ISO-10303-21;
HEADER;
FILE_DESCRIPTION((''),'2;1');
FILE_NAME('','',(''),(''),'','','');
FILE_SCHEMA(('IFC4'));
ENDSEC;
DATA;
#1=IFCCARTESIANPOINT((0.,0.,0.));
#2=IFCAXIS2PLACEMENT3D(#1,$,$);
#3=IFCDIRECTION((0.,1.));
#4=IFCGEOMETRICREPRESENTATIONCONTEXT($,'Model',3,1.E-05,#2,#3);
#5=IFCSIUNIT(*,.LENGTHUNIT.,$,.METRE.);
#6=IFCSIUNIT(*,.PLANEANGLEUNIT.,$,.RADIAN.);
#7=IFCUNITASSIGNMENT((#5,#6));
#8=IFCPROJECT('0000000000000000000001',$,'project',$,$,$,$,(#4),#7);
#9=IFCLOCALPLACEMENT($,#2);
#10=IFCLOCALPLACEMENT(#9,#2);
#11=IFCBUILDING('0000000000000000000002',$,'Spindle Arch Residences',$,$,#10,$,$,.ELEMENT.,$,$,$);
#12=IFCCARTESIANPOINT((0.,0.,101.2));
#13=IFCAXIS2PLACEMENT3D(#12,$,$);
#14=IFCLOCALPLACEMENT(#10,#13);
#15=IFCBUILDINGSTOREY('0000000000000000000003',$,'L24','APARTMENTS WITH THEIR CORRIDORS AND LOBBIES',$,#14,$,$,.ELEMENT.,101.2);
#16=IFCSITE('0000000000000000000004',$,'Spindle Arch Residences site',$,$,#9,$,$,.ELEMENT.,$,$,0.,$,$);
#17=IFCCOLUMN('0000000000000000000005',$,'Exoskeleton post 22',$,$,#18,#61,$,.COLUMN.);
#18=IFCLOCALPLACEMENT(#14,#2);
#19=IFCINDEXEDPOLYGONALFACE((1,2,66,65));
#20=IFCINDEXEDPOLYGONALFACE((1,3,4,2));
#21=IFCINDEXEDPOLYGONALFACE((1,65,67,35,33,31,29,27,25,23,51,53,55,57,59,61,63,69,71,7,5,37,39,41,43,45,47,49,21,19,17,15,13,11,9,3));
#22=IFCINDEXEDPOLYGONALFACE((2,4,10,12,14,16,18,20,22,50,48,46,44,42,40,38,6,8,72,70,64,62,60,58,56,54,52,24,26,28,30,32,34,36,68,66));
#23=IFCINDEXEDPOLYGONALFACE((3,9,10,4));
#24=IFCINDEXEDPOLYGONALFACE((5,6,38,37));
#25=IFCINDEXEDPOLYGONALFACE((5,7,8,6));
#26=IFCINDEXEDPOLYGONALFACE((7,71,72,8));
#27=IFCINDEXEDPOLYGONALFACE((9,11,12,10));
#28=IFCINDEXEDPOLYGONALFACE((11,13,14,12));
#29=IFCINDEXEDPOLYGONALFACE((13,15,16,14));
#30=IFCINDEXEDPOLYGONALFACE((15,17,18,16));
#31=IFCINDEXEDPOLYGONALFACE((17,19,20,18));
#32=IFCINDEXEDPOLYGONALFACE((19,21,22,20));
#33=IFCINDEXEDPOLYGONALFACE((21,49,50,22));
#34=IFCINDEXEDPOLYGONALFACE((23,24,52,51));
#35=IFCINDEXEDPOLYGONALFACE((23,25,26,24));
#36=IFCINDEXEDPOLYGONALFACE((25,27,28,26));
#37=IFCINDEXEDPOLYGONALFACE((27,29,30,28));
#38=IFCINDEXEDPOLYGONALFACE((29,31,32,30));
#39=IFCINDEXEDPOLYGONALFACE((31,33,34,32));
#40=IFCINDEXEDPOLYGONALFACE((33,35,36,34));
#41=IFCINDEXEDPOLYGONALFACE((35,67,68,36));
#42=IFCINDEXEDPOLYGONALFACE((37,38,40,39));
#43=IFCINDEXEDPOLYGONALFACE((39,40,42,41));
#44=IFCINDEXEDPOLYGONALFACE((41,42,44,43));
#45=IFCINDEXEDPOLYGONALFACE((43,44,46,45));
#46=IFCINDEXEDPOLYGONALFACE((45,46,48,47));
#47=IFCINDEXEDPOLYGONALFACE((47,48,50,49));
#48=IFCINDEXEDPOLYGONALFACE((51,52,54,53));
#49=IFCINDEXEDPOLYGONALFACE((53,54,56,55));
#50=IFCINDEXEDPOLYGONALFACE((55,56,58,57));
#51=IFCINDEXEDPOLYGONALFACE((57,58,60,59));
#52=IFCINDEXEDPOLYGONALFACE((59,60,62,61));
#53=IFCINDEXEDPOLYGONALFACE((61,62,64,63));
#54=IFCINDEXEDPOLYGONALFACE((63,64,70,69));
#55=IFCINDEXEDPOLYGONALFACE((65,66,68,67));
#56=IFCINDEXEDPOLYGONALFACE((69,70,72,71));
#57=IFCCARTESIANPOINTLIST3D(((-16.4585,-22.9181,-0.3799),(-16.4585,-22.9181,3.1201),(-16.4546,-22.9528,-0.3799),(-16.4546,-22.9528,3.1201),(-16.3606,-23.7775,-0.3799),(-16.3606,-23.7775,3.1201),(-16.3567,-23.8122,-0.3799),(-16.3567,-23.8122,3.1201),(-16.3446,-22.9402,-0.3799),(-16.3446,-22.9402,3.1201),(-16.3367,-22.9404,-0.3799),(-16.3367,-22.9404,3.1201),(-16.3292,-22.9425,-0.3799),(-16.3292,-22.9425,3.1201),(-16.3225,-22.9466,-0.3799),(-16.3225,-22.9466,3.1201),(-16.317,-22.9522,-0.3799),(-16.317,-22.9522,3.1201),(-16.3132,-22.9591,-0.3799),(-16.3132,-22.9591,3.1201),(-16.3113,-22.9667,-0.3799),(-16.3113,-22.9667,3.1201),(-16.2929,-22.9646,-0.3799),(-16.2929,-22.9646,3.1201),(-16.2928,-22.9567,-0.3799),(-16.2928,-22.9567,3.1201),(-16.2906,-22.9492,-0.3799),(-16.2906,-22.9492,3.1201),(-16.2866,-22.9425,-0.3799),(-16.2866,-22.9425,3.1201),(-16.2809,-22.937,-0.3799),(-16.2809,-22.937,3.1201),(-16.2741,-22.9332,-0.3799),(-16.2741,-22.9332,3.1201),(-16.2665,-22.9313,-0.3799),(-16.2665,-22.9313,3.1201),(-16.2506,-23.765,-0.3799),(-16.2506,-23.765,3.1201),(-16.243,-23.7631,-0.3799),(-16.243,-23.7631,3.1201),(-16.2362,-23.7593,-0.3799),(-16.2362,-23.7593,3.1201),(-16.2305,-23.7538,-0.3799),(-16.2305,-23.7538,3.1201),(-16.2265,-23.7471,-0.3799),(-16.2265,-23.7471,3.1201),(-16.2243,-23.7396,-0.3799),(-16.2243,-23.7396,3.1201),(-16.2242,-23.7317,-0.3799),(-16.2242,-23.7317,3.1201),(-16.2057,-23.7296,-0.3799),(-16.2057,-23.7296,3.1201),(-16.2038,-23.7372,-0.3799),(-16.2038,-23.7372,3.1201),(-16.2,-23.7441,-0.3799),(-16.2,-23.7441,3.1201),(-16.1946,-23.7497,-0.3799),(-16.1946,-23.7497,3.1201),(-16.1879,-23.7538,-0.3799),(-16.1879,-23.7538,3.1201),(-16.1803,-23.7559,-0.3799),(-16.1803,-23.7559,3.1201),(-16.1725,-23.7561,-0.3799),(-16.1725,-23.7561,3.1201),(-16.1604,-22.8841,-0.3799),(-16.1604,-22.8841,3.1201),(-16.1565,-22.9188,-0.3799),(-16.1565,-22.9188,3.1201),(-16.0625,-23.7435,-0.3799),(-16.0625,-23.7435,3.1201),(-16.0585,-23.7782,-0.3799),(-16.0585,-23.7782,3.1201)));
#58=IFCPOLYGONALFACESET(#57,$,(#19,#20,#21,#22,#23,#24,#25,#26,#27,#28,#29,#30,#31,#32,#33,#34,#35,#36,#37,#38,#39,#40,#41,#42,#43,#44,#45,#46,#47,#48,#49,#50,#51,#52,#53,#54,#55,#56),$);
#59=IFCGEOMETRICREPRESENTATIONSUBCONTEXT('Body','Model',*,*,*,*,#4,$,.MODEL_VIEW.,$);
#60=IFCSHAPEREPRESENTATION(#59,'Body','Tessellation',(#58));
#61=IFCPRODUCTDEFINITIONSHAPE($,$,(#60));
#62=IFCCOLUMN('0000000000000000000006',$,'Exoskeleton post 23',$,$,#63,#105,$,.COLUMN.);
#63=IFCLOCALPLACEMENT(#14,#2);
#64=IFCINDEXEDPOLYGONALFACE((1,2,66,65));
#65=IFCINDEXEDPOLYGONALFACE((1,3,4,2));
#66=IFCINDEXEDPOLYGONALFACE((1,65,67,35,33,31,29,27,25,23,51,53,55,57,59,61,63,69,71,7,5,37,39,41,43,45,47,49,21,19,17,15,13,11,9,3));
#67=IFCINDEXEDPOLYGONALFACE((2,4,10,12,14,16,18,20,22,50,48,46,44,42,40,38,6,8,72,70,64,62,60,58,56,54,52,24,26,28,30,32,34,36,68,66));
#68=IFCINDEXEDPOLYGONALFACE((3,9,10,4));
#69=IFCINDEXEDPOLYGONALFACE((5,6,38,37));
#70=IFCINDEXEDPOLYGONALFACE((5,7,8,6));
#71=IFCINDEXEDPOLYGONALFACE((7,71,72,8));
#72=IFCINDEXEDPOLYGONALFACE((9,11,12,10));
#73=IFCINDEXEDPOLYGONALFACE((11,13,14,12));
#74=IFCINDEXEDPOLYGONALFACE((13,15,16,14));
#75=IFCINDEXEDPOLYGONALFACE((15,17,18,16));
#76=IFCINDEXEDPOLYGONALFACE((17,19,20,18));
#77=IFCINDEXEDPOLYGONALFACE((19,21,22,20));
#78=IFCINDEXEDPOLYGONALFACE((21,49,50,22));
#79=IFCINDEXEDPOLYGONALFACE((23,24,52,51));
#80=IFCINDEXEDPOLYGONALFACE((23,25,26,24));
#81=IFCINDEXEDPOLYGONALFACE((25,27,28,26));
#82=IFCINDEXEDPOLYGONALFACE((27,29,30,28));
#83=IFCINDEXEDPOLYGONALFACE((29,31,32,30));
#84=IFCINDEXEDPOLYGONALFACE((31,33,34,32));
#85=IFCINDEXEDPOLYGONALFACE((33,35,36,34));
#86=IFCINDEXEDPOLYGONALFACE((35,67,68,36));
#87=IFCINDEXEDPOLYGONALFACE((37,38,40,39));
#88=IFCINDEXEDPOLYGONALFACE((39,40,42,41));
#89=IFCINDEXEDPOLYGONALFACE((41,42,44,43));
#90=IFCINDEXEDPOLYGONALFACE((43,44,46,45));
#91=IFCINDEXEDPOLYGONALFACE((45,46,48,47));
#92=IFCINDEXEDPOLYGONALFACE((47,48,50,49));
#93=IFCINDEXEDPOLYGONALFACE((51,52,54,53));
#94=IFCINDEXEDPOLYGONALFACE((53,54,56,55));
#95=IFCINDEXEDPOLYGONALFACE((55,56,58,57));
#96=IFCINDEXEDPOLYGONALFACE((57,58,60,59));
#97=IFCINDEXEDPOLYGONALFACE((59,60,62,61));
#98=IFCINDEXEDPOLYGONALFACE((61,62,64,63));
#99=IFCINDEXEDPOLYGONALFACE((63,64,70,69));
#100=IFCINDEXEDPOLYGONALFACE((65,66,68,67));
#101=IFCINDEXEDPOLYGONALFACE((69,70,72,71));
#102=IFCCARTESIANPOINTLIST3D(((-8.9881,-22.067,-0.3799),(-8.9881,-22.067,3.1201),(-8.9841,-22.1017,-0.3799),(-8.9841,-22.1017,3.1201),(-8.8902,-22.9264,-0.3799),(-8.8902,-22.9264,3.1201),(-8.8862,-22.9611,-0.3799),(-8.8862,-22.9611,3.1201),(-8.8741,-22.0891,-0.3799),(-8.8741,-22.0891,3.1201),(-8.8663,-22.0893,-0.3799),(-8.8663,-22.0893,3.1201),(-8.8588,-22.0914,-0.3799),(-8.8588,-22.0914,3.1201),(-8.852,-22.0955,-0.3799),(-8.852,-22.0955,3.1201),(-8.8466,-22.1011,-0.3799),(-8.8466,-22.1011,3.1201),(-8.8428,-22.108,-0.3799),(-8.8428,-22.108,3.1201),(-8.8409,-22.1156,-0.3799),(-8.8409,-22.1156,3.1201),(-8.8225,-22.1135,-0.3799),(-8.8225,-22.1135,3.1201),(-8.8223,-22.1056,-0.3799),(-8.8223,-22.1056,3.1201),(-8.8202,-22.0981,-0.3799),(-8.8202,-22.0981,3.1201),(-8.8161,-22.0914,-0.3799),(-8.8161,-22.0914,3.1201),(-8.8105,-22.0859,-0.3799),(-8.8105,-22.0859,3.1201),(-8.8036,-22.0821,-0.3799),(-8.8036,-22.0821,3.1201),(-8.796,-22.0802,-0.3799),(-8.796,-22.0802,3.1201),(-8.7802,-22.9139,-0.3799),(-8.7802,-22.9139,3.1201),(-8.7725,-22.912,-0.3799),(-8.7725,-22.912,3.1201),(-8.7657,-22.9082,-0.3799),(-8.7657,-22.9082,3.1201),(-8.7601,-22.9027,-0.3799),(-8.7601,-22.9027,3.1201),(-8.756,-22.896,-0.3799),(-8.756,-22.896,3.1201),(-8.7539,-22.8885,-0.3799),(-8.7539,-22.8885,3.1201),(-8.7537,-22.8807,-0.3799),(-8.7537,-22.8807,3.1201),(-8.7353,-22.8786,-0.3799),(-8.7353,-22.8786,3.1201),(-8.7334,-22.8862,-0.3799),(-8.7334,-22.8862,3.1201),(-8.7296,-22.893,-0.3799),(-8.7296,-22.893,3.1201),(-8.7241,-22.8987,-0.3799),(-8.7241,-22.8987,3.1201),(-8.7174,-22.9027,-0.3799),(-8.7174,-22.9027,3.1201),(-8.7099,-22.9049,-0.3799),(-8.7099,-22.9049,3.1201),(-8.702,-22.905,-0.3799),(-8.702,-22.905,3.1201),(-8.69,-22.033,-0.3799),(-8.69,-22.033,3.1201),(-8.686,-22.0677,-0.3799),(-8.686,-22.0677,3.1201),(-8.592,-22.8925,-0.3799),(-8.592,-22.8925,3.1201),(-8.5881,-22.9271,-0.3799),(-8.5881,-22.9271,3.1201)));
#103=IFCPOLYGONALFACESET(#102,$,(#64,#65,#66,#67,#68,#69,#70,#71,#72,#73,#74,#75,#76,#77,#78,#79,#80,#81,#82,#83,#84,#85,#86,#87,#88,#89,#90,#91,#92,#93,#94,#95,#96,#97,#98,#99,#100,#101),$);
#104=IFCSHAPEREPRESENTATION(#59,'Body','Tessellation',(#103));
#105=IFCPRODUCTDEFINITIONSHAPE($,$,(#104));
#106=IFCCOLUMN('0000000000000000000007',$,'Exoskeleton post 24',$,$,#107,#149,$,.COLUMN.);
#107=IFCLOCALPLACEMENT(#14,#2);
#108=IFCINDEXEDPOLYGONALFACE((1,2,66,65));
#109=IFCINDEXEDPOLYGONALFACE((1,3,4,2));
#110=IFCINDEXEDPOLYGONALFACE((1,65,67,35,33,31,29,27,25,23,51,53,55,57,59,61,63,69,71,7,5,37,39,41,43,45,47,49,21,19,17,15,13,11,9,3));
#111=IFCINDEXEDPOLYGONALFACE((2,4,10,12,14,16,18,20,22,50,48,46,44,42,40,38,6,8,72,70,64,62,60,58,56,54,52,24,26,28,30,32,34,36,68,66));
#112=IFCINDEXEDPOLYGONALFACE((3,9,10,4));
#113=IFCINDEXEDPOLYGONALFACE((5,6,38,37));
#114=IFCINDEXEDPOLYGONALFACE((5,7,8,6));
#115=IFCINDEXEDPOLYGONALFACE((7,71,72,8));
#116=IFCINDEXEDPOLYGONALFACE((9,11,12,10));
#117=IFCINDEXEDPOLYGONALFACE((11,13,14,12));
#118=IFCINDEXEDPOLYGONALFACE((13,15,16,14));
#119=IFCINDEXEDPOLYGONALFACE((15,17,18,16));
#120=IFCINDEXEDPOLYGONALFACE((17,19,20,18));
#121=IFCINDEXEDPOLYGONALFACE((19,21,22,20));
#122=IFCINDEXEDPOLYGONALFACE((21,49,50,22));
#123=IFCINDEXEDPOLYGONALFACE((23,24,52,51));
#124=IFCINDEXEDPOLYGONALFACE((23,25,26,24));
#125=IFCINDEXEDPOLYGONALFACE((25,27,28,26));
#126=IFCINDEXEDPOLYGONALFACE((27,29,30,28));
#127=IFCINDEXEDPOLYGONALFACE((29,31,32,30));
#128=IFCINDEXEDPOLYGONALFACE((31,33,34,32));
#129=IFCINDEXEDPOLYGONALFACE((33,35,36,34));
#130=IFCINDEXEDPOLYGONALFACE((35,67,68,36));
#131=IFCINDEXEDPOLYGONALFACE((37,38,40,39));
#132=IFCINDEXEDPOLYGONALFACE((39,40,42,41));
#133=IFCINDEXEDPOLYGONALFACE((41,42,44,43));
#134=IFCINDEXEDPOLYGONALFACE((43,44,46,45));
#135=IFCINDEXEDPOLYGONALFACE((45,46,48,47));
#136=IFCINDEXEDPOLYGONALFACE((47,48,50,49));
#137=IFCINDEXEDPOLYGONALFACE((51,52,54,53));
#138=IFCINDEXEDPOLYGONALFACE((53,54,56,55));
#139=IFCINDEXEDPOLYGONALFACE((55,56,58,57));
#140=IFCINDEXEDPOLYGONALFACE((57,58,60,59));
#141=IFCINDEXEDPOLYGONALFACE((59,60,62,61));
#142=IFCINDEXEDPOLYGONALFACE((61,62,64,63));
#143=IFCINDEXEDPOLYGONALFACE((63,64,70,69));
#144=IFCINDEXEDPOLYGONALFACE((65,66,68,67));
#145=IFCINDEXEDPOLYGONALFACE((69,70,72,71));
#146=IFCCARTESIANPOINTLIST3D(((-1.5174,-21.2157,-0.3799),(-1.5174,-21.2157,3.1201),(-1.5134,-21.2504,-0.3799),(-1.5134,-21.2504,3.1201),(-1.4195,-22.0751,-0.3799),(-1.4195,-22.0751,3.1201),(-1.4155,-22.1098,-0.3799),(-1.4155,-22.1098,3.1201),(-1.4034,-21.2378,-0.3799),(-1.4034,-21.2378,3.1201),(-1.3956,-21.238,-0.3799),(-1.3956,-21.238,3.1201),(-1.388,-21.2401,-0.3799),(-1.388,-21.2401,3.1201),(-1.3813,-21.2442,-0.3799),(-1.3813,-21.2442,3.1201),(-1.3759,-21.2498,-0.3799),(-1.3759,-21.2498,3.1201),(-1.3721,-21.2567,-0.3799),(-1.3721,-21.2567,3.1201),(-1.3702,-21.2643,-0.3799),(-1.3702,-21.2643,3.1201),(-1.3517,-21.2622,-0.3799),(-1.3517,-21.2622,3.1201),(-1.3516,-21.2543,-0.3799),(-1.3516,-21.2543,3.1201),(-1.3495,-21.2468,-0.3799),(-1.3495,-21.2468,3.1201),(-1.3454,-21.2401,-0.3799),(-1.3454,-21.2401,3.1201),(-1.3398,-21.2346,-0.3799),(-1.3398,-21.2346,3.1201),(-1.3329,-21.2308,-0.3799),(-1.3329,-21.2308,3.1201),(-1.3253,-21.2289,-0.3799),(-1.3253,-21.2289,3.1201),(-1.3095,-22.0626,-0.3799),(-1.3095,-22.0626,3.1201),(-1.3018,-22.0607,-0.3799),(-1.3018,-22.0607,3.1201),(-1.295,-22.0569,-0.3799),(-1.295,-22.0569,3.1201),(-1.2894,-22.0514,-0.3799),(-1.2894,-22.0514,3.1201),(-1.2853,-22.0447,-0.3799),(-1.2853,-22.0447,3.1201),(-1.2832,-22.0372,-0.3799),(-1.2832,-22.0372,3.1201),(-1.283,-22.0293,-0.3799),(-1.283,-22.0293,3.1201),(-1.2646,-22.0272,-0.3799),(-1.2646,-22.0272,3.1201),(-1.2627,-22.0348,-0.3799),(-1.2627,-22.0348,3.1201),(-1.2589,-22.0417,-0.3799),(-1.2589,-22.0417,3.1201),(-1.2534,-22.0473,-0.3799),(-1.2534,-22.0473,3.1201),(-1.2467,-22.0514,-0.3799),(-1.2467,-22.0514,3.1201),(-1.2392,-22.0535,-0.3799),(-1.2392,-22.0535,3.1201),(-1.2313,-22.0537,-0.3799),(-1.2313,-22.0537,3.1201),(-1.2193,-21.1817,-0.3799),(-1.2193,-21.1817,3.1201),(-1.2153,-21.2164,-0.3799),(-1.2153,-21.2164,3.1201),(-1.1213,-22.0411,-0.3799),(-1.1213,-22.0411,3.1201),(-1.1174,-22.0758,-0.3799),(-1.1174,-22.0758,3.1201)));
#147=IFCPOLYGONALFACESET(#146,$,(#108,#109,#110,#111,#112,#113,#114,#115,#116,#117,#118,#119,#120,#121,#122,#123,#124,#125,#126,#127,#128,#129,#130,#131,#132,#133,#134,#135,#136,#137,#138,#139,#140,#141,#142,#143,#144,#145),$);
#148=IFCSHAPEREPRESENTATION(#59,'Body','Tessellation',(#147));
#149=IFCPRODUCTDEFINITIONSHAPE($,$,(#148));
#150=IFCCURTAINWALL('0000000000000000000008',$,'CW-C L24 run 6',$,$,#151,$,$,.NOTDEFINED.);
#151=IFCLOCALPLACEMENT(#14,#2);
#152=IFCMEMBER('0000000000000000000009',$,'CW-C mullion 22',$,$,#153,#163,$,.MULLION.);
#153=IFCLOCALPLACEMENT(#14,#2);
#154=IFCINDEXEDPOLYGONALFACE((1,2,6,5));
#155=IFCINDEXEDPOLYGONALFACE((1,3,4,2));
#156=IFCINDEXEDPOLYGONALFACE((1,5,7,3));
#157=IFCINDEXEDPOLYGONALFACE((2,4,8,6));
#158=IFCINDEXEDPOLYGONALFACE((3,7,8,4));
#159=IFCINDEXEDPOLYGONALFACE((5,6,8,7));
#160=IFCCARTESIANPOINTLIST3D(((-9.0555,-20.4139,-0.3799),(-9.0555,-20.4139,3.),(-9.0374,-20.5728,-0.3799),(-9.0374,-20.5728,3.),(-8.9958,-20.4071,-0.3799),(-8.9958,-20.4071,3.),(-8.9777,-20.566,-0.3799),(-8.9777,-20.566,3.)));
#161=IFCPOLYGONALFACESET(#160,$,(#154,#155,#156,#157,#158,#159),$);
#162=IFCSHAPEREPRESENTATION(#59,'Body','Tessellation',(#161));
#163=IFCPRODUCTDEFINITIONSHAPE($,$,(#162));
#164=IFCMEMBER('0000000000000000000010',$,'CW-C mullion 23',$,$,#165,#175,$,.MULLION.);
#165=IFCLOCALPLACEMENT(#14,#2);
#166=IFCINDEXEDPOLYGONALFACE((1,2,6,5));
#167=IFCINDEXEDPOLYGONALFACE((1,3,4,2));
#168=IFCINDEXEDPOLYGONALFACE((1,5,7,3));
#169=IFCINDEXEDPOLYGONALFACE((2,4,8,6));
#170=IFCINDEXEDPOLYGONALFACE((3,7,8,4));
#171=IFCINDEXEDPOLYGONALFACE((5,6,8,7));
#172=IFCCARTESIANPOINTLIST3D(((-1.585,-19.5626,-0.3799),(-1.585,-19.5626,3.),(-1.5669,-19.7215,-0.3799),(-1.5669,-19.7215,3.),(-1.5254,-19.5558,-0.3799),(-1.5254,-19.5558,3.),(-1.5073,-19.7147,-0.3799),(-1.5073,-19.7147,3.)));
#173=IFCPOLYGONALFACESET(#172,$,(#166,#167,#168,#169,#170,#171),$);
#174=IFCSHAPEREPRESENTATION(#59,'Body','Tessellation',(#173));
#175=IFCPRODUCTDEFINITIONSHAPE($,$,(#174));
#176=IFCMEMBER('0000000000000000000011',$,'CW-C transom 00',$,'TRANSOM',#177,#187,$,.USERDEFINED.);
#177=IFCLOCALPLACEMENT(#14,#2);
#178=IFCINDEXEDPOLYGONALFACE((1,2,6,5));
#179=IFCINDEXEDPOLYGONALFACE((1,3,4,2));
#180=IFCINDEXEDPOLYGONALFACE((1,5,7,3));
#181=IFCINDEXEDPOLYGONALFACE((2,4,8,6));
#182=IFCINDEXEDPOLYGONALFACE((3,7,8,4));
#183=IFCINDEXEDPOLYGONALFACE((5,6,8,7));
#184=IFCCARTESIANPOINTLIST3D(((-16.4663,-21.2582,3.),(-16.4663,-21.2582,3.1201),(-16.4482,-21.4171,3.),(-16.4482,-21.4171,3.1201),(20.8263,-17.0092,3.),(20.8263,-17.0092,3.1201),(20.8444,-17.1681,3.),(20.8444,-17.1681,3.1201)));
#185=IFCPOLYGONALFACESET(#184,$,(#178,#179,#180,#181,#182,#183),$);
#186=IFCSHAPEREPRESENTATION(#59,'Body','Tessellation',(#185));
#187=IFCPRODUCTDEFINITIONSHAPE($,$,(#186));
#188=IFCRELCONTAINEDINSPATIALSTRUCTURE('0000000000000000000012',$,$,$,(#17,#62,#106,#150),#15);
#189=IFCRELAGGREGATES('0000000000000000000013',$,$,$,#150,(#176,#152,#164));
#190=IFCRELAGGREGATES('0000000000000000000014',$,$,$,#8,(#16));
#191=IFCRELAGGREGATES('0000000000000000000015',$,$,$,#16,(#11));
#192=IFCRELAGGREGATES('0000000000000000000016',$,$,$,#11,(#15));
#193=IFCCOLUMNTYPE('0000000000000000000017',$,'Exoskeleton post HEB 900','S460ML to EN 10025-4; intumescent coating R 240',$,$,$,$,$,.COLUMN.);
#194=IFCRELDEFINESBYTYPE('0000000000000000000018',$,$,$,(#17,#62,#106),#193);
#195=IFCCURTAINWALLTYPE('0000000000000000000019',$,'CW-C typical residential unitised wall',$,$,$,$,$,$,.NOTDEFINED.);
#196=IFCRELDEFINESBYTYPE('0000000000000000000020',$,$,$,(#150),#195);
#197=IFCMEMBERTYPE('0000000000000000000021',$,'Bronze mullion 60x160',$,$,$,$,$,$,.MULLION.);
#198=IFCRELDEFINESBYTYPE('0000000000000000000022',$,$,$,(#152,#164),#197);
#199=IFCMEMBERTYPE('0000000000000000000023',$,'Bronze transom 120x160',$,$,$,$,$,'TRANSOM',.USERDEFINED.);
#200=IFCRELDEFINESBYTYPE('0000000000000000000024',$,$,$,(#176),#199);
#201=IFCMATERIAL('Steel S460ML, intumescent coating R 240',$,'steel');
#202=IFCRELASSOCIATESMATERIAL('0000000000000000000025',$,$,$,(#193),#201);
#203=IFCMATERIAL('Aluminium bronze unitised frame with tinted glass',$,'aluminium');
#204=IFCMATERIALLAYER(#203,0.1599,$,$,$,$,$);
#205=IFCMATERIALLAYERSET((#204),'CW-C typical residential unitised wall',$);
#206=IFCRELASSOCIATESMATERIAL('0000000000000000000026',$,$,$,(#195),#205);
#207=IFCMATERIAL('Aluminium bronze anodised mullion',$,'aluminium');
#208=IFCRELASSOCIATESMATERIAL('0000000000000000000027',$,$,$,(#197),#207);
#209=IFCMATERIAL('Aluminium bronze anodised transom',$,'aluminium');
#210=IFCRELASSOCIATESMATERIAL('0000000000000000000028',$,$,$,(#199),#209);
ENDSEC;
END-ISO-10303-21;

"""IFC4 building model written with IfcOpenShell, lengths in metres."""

from ifc_helpers import new_model, si_unit, direction, frame, origin, origin_2d, place, context, subcontext, project, spatial, rectangle, i_section, extrude, material, layer, layer_set, material_profile, profile_set, type_object, element, aggregate, save


model = new_model("IFC4")

# Units and contexts
model_context = context("Model", 3, precision=1e-05, world=origin(), true_north=direction((0.0, 1.0)))
body_context = subcontext(model_context, "Body", "Model", "MODEL_VIEW")
ifc_project = project(units=[si_unit("LENGTHUNIT", "METRE"), si_unit("PLANEANGLEUNIT", "RADIAN")], contexts=[model_context])

# Site, building, storey
site_placement = place(None, origin())
site = spatial("IfcSite", under=ifc_project, at=site_placement, Name="Spindle Arch Residences site", CompositionType="ELEMENT", RefElevation=0.0)
building_placement = place(site_placement, origin())
building = spatial("IfcBuilding", under=site, at=building_placement, Name="Spindle Arch Residences", CompositionType="ELEMENT")
storey_placement = place(building_placement, frame((0.0, 0.0, 101.2)))
storey = spatial("IfcBuildingStorey", under=building, at=storey_placement, Name="L24", Description="APARTMENTS WITH THEIR CORRIDORS AND LOBBIES", CompositionType="ELEMENT", Elevation=101.2)

# Columns
ifc_material_1 = material(Name="Steel S460ML, intumescent coating R 240", Category="steel")
ifc_material_profile_1 = material_profile(ifc_material_1, i_section(OverallWidth=0.3, OverallDepth=0.8999, WebThickness=0.0186, FlangeThickness=0.0349, FilletRadius=0.03, at=origin_2d()), Name="HEB 900")
ifc_profile_set_1 = profile_set([ifc_material_profile_1], Name="Steel S460ML, intumescent coating R 240")
column_type = type_object("IfcColumnType", Name="Exoskeleton post HEB 900", Description="S460ML to EN 10025-4; intumescent coating R 240", PredefinedType="COLUMN", material=ifc_profile_set_1)
for number, where, z_axis, x_axis, name in (
    (1, (-16.2585, -23.3481, -0.3799), (0.0, 0.0, 1.0), (-0.993572, -0.113203, 0.0), "Exoskeleton post 22"),
    (2, (-8.7881, -22.4971, -0.3799), (0.0, 0.0, 1.0), (-0.993572, -0.113203, 0.0), "Exoskeleton post 23"),
    (3, (-1.3174, -21.6458, -0.3799), (0.0, 0.0, 1.0), (-0.993572, -0.113203, 0.0), "Exoskeleton post 24"),
):
    element("IfcColumn", number, at=place(storey_placement, frame(where, z_axis=z_axis, x_axis=x_axis)), inside=storey, type_object=column_type, Name=name, PredefinedType="COLUMN", context=body_context, shape_type="SweptSolid", body=[
        extrude(i_section(OverallWidth=0.3, OverallDepth=0.8999, WebThickness=0.0186, FlangeThickness=0.0349, FilletRadius=0.03, at=origin_2d()), origin(), (0.0, 0.0, 1.0), 3.5),
    ])

# Curtain wall, members
ifc_material_2 = material(Name="Aluminium bronze unitised frame with tinted glass", Category="aluminium")
ifc_layer_1 = layer(ifc_material_2, 0.1599)
ifc_layer_set_1 = layer_set([ifc_layer_1], Name="CW-C typical residential unitised wall")
curtain_wall_type = type_object("IfcCurtainWallType", Name="CW-C typical residential unitised wall", PredefinedType="NOTDEFINED", material=ifc_layer_set_1)
curtain_wall_placement = place(storey_placement, origin())
curtain_wall = element("IfcCurtainWall", 4, at=curtain_wall_placement, inside=storey, type_object=curtain_wall_type, Name="CW-C L24 run 6", PredefinedType="NOTDEFINED")
ifc_material_3 = material(Name="Aluminium bronze anodised mullion", Category="aluminium")
ifc_material_profile_2 = material_profile(ifc_material_3, rectangle(XDim=0.1599, YDim=0.0601, at=origin_2d()), Name="MU 60x160")
ifc_profile_set_2 = profile_set([ifc_material_profile_2], Name="Aluminium bronze anodised mullion")
member_type_1 = type_object("IfcMemberType", Name="Bronze mullion 60x160", PredefinedType="MULLION", material=ifc_profile_set_2)
member_1_placement = place(storey_placement, frame((-9.0166, -20.49, -0.3799), z_axis=(0.0, 0.0, 1.0), x_axis=(-0.113203, 0.993572, 0.0)))
member_1 = element("IfcMember", 5, at=member_1_placement, type_object=member_type_1, Name="CW-C mullion 22", PredefinedType="MULLION", context=body_context, shape_type="SweptSolid", body=[
    extrude(rectangle(XDim=0.1599, YDim=0.0601, at=origin_2d()), origin(), (0.0, 0.0, 1.0), 3.3799),
])
member_2_placement = place(storey_placement, frame((-1.5461, -19.6387, -0.3799), z_axis=(0.0, 0.0, 1.0), x_axis=(-0.113203, 0.993572, 0.0)))
member_2 = element("IfcMember", 6, at=member_2_placement, type_object=member_type_1, Name="CW-C mullion 23", PredefinedType="MULLION", context=body_context, shape_type="SweptSolid", body=[
    extrude(rectangle(XDim=0.1599, YDim=0.0601, at=origin_2d()), origin(), (0.0, 0.0, 1.0), 3.3799),
])
ifc_material_4 = material(Name="Aluminium bronze anodised transom", Category="aluminium")
ifc_material_profile_3 = material_profile(ifc_material_4, rectangle(XDim=0.1599, YDim=0.1201, at=origin_2d()), Name="TR 120x160")
ifc_profile_set_3 = profile_set([ifc_material_profile_3], Name="Aluminium bronze anodised transom")
member_type_2 = type_object("IfcMemberType", Name="Bronze transom 120x160", ElementType="TRANSOM", PredefinedType="USERDEFINED", material=ifc_profile_set_3)
member_3_placement = place(storey_placement, frame((-16.4573, -21.3376, 3.0601), z_axis=(0.993572, 0.113205, 0.0), x_axis=(-0.113205, 0.993572, 0.0)))
member_3 = element("IfcMember", 7, at=member_3_placement, type_object=member_type_2, Name="CW-C transom 00", ObjectType="TRANSOM", PredefinedType="USERDEFINED", context=body_context, shape_type="SweptSolid", body=[
    extrude(rectangle(XDim=0.1599, YDim=0.1201, at=origin_2d()), origin(), (0.0, 0.0, 1.0), 37.5339),
])

aggregate(curtain_wall, [member_3, member_1, member_2])

save(model, "model.ifc")
